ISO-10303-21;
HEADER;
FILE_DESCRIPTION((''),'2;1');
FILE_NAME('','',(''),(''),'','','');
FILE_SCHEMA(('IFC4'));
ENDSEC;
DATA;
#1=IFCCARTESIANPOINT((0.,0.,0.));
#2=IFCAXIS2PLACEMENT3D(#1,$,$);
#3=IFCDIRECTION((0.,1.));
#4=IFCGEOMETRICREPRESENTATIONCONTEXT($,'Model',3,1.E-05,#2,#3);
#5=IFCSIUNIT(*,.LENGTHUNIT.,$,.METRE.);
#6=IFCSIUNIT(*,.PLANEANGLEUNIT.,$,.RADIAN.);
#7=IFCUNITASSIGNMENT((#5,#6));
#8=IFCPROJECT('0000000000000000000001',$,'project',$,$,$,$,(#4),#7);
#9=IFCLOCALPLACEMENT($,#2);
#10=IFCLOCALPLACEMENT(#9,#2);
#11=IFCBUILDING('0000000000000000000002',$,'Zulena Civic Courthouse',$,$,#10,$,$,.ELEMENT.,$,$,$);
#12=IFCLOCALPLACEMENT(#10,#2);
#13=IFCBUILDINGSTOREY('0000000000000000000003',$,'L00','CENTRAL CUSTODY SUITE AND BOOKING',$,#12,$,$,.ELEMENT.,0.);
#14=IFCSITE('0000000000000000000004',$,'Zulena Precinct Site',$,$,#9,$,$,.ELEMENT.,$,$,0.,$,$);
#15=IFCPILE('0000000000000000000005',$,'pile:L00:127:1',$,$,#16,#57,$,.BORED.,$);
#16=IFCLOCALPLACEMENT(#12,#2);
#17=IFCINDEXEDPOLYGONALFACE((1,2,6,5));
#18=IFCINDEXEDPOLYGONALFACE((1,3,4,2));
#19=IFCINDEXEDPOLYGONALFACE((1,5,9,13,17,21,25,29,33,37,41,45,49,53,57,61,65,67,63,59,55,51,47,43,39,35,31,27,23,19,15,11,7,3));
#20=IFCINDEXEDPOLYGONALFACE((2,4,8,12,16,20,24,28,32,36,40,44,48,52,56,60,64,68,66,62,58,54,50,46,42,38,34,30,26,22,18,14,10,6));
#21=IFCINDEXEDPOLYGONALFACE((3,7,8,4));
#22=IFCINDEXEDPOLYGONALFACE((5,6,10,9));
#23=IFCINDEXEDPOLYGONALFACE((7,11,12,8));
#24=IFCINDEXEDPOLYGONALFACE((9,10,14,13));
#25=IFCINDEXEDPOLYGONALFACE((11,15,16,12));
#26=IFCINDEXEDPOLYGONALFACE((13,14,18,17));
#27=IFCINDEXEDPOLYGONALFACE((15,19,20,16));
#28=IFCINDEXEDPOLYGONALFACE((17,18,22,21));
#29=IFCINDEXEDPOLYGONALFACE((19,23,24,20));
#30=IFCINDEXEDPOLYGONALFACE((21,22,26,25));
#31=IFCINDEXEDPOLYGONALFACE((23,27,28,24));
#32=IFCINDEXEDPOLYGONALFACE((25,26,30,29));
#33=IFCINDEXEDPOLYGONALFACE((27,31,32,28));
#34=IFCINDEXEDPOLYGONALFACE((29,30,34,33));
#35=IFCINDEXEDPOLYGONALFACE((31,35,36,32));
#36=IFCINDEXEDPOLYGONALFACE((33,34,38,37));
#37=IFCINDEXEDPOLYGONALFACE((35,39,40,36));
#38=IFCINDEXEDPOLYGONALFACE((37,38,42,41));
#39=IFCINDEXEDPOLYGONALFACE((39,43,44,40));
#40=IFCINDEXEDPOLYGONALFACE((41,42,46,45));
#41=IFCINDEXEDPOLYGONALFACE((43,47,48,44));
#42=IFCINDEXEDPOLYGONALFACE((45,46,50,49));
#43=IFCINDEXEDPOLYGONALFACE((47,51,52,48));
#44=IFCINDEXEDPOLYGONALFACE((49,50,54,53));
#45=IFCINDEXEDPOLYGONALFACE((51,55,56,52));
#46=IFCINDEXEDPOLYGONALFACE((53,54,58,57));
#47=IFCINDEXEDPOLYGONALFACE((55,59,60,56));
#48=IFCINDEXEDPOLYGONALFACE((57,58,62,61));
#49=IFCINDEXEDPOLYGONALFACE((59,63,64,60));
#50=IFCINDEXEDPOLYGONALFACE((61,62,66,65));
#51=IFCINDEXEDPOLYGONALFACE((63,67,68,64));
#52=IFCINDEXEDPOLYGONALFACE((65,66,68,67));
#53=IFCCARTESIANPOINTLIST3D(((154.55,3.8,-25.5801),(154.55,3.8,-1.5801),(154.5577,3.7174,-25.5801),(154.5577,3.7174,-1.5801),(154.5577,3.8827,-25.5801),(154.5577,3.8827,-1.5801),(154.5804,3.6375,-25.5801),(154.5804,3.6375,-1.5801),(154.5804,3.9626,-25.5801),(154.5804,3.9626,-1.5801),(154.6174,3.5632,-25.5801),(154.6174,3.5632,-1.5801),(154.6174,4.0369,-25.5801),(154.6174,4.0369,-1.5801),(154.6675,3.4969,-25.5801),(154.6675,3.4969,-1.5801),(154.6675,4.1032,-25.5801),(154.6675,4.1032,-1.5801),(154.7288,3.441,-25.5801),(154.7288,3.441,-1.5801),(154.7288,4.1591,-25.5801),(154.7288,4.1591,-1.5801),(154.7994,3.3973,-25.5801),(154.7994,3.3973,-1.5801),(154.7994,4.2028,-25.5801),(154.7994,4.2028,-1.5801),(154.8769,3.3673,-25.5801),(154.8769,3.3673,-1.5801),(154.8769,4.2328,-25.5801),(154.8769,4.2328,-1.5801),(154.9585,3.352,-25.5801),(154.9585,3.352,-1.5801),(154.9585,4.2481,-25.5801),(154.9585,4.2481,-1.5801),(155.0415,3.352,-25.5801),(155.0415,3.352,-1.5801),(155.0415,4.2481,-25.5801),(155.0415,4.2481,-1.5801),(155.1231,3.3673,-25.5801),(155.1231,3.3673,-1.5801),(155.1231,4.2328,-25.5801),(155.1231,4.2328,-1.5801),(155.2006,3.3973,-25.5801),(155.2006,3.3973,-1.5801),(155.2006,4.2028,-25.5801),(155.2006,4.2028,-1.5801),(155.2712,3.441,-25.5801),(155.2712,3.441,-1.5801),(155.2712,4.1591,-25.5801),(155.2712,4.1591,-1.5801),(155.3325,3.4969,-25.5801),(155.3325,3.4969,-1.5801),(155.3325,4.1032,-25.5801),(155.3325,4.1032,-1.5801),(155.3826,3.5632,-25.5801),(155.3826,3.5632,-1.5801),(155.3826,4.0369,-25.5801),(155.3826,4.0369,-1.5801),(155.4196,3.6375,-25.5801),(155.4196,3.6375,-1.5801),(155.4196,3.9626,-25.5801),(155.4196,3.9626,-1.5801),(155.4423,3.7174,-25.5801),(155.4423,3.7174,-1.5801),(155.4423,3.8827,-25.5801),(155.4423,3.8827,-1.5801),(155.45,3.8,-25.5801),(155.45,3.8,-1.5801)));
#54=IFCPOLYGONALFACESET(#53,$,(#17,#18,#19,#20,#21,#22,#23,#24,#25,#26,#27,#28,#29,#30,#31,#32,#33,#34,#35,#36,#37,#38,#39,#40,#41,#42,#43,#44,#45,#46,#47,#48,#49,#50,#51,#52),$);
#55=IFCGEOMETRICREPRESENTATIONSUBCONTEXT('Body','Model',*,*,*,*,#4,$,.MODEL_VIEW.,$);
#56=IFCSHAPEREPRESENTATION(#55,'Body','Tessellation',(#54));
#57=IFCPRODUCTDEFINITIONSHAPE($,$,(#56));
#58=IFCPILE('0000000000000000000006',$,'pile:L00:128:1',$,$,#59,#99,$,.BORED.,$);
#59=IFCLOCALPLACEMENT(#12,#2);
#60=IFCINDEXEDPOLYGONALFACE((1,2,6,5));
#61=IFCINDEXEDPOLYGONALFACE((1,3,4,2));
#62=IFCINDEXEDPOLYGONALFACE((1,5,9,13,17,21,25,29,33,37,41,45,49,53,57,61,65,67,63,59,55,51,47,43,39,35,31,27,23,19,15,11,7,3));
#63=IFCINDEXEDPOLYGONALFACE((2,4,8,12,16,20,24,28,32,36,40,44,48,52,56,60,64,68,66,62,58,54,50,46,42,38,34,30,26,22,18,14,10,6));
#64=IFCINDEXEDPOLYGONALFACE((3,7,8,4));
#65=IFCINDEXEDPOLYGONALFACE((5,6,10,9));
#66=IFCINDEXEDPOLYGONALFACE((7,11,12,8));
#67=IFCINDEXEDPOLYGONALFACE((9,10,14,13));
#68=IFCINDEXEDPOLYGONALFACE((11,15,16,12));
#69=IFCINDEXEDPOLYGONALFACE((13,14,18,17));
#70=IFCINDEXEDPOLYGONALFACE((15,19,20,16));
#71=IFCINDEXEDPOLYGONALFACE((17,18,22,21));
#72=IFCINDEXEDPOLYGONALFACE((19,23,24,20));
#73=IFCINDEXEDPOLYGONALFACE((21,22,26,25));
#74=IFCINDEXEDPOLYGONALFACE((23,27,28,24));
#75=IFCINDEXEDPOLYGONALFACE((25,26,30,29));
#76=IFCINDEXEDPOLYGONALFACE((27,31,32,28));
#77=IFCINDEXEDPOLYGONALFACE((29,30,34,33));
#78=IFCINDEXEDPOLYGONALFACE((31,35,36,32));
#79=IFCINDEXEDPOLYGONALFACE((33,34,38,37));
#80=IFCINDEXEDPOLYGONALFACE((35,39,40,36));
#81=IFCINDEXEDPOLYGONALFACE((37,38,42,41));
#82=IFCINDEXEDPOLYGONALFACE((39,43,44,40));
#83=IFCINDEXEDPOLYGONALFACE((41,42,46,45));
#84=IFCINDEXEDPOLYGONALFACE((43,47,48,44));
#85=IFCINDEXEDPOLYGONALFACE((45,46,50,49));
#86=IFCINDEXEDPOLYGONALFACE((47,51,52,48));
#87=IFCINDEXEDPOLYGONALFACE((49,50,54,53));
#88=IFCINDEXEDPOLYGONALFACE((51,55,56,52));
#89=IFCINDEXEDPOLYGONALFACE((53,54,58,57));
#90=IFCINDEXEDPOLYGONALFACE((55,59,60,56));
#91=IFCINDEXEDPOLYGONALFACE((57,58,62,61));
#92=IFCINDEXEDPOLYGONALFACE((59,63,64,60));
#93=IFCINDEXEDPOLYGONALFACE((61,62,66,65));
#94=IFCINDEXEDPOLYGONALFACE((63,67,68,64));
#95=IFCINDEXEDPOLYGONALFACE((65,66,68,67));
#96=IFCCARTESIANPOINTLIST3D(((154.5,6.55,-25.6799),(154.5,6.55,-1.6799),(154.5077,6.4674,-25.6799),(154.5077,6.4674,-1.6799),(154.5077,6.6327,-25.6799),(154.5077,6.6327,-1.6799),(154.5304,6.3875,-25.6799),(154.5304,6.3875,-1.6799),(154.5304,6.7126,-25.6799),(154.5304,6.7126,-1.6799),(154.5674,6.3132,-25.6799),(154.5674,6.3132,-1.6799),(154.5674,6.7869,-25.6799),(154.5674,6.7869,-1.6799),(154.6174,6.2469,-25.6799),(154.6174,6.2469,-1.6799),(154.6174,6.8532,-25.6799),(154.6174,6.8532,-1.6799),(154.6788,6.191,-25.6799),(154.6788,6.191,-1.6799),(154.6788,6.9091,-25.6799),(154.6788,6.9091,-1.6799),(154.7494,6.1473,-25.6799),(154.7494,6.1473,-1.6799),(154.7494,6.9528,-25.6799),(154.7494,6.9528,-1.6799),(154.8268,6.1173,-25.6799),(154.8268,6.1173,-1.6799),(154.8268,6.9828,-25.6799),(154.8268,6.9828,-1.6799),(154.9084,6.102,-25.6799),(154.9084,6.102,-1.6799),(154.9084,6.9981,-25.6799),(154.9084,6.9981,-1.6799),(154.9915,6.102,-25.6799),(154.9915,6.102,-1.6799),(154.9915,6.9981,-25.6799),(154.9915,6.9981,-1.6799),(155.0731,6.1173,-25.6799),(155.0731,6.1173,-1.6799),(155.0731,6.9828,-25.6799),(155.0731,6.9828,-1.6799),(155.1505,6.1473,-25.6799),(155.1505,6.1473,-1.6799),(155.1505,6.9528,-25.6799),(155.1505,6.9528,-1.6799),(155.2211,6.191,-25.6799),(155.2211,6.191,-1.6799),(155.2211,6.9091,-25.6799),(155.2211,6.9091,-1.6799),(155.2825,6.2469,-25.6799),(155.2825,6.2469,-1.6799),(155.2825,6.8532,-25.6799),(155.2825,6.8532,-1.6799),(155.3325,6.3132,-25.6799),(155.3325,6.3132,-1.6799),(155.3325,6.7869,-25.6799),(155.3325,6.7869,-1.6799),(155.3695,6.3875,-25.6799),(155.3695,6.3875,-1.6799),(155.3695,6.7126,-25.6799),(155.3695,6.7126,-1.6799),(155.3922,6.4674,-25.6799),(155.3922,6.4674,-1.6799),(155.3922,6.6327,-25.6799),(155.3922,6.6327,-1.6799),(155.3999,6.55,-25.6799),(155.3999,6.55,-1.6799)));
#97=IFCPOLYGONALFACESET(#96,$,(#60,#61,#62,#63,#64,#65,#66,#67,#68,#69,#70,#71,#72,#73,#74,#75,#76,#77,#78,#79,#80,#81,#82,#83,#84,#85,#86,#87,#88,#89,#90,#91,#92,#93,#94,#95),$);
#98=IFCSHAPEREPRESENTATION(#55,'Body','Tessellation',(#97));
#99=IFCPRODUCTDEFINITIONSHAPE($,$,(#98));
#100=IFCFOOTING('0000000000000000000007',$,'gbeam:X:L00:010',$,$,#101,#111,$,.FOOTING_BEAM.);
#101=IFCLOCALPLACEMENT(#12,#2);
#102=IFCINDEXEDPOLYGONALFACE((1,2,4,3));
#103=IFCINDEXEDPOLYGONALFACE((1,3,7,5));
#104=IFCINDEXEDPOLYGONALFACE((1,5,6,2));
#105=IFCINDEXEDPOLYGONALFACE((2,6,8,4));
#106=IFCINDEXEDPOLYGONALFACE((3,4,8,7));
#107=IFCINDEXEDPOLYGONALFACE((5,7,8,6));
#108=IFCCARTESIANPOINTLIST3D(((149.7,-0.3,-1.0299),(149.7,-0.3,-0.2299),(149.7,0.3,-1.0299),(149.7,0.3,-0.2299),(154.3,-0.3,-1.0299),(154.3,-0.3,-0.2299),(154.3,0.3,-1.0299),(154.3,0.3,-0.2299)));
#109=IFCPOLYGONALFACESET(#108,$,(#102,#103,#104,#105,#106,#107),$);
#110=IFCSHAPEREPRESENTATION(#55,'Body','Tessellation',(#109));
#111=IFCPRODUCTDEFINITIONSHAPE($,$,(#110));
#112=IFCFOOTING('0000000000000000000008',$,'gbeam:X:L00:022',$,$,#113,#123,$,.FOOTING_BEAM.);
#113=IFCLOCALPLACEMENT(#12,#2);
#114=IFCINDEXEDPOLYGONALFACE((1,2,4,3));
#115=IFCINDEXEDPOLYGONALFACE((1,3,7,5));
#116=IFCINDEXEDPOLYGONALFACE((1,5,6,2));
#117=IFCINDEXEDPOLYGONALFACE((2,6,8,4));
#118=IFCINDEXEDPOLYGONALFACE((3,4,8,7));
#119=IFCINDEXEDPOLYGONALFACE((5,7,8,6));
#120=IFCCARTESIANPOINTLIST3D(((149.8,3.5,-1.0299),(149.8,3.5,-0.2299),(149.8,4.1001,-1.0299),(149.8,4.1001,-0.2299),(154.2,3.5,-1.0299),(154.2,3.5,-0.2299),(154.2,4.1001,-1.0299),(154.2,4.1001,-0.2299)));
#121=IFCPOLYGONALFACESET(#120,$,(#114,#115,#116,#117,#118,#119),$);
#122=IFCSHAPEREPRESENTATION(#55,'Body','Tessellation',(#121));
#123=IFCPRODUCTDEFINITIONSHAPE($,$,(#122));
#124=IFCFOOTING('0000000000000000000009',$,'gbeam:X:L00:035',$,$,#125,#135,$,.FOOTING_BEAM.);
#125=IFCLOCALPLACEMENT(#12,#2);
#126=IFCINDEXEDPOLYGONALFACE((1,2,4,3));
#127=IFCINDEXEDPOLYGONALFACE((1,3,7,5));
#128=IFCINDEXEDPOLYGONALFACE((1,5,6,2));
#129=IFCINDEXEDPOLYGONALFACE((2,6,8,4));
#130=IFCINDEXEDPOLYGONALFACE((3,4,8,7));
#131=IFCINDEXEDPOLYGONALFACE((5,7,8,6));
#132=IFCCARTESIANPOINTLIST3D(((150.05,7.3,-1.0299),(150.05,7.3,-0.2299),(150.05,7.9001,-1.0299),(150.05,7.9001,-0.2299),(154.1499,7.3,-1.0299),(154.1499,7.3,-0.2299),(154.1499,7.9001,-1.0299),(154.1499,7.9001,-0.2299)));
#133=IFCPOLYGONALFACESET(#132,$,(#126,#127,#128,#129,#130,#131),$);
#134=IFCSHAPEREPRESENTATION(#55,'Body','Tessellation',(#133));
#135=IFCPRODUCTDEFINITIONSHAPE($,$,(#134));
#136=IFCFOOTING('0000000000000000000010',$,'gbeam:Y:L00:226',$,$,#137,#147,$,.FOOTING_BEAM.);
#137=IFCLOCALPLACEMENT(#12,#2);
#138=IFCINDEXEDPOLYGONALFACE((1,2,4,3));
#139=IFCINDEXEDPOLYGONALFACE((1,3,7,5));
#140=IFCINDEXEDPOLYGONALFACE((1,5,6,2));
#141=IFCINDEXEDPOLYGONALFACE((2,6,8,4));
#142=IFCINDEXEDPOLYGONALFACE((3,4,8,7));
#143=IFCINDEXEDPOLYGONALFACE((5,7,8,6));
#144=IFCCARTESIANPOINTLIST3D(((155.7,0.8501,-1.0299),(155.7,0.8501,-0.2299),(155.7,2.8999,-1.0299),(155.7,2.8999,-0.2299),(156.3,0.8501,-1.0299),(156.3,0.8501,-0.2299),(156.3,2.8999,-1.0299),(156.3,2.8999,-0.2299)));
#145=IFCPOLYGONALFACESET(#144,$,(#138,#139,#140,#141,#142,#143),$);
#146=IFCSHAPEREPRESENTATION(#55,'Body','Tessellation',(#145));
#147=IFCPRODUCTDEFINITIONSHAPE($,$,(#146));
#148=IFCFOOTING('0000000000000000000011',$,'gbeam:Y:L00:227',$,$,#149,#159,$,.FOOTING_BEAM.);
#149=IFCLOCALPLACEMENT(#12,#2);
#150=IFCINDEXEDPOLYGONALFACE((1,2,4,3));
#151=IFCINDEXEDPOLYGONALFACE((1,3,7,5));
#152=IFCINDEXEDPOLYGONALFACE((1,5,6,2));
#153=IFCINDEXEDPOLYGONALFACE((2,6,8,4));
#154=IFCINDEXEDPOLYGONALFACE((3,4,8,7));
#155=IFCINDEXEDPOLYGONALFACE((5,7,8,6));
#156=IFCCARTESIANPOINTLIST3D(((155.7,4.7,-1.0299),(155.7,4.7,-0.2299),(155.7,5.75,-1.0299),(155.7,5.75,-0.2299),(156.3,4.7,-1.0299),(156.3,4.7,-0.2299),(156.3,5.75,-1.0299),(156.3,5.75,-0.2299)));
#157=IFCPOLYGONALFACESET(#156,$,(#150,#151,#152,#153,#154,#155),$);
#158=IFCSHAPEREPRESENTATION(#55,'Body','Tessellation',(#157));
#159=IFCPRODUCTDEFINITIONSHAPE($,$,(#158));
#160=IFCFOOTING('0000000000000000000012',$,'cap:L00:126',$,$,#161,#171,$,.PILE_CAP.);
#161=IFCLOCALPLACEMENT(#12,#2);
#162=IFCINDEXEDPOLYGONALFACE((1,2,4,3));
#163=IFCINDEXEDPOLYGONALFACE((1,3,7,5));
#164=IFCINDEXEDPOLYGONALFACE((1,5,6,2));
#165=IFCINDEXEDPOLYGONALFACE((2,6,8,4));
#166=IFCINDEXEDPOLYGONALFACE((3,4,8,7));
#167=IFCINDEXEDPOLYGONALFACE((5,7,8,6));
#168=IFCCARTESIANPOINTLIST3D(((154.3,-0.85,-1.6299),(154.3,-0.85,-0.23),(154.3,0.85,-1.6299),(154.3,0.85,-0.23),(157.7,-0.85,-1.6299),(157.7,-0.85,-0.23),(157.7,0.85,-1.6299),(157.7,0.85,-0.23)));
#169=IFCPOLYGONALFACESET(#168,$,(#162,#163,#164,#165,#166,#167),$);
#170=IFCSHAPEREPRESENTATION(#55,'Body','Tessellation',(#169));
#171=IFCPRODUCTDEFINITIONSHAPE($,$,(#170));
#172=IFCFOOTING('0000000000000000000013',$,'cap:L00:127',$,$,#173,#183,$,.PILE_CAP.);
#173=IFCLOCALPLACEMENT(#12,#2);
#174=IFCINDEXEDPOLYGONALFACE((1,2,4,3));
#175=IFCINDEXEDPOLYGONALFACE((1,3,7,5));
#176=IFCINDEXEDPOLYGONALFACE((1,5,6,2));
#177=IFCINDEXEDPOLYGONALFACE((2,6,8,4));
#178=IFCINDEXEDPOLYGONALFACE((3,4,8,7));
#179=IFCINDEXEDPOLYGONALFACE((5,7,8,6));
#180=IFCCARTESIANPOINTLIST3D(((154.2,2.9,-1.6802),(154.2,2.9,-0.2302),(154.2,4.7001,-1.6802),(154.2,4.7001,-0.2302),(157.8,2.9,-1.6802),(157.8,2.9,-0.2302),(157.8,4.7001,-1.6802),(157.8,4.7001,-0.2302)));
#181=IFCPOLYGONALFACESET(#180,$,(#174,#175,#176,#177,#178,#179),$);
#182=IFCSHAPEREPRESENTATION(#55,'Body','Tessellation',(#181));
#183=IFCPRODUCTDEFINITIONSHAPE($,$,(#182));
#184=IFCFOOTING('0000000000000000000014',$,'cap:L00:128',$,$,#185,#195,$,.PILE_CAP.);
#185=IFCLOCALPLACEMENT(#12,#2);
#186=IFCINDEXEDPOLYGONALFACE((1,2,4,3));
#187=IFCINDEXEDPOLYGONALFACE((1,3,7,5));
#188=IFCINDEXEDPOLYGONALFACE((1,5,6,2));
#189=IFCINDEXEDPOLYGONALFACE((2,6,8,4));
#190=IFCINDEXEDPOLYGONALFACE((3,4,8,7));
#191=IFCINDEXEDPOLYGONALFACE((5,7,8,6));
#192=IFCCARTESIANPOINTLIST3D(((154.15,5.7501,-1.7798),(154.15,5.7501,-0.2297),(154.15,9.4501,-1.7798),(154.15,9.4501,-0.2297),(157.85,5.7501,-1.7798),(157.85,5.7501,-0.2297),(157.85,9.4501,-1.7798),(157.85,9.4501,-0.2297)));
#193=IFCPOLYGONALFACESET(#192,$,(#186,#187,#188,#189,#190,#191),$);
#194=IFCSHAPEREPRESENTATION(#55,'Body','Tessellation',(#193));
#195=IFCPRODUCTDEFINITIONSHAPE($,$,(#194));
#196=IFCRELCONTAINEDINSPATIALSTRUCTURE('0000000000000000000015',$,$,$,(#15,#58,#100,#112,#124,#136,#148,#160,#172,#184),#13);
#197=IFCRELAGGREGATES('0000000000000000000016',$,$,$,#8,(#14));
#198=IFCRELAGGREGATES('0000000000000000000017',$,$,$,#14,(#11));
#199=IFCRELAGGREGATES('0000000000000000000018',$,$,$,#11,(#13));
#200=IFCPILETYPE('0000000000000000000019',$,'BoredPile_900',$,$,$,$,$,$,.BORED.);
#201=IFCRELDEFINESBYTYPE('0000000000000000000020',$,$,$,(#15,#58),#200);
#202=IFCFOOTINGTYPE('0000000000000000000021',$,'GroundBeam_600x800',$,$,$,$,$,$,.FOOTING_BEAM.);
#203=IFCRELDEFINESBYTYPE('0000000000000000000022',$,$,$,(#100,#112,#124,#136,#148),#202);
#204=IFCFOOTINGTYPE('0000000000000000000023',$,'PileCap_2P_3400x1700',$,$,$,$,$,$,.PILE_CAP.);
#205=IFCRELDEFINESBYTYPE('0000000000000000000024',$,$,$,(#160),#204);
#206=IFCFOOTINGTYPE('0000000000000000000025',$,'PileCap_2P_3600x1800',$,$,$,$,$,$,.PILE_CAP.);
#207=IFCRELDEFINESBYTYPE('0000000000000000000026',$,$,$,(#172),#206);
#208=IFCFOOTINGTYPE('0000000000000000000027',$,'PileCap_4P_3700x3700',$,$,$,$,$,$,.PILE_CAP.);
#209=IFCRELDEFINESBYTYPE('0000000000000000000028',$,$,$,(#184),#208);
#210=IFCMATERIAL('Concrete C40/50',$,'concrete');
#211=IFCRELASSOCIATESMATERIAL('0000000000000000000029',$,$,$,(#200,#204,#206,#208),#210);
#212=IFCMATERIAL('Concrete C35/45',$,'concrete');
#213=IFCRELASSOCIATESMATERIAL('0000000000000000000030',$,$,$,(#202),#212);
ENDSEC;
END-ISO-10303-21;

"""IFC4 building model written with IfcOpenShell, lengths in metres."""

from ifc_helpers import new_model, si_unit, direction, frame, origin, origin_2d, place, context, subcontext, project, spatial, rectangle, circle, extrude, material, material_profile, profile_set, type_object, element, save


model = new_model("IFC4")

# Units and contexts
model_context = context("Model", 3, precision=1e-05, world=origin(), true_north=direction((0.0, 1.0)))
body_context = subcontext(model_context, "Body", "Model", "MODEL_VIEW")
ifc_project = project(units=[si_unit("LENGTHUNIT", "METRE"), si_unit("PLANEANGLEUNIT", "RADIAN")], contexts=[model_context])

# Site, building, storey
site_placement = place(None, origin())
site = spatial("IfcSite", under=ifc_project, at=site_placement, Name="Zulena Precinct Site", CompositionType="ELEMENT", RefElevation=0.0)
building_placement = place(site_placement, origin())
building = spatial("IfcBuilding", under=site, at=building_placement, Name="Zulena Civic Courthouse", CompositionType="ELEMENT")
storey_placement = place(building_placement, origin())
storey = spatial("IfcBuildingStorey", under=building, at=storey_placement, Name="L00", Description="CENTRAL CUSTODY SUITE AND BOOKING", CompositionType="ELEMENT", Elevation=0.0)

# Piles
ifc_material_1 = material(Name="Concrete C40/50", Category="concrete")
ifc_material_profile_1 = material_profile(ifc_material_1, circle(Radius=0.45, at=origin_2d()), Name="PILE900")
ifc_profile_set_1 = profile_set([ifc_material_profile_1], Name="Concrete C40/50")
pile_type_1 = type_object("IfcPileType", Name="BoredPile_900", PredefinedType="BORED", material=ifc_profile_set_1)
for number, where, z_axis, x_axis, name in (
    (1, (155.0, 3.8, -1.5801), (0.0, 0.0, -1.0), (1.0, 0.0, 0.0), "pile:L00:127:1"),
    (2, (154.95, 6.55, -1.6799), (0.0, 0.0, -1.0), (1.0, 0.0, 0.0), "pile:L00:128:1"),
):
    element("IfcPile", number, at=place(storey_placement, frame(where, z_axis=z_axis, x_axis=x_axis)), inside=storey, type_object=pile_type_1, Name=name, PredefinedType="BORED", context=body_context, shape_type="SweptSolid", body=[
        extrude(circle(Radius=0.45, at=origin_2d()), origin(), (0.0, 0.0, 1.0), 24.0),
    ])

# Footings
ifc_material_2 = material(Name="Concrete C35/45", Category="concrete")
ifc_material_profile_2 = material_profile(ifc_material_2, rectangle(XDim=0.6001, YDim=0.8, at=origin_2d()), Name="RC600X800")
ifc_profile_set_2 = profile_set([ifc_material_profile_2], Name="Concrete C35/45")
footing_type_1 = type_object("IfcFootingType", Name="GroundBeam_600x800", PredefinedType="FOOTING_BEAM", material=ifc_profile_set_2)
footing_1_placement = place(storey_placement, frame((149.7, 0.0, -0.6299), z_axis=(1.0, 0.0, 0.0), x_axis=(0.0, 1.0, 0.0)))
element("IfcFooting", 3, at=footing_1_placement, inside=storey, type_object=footing_type_1, Name="gbeam:X:L00:010", PredefinedType="FOOTING_BEAM", context=body_context, shape_type="SweptSolid", body=[
    extrude(rectangle(XDim=0.6001, YDim=0.8, at=origin_2d()), origin(), (0.0, 0.0, 1.0), 4.6001),
])
footing_2_placement = place(storey_placement, frame((149.8, 3.8, -0.6299), z_axis=(1.0, 0.0, 0.0), x_axis=(0.0, 1.0, 0.0)))
element("IfcFooting", 4, at=footing_2_placement, inside=storey, type_object=footing_type_1, Name="gbeam:X:L00:022", PredefinedType="FOOTING_BEAM", context=body_context, shape_type="SweptSolid", body=[
    extrude(rectangle(XDim=0.6001, YDim=0.8, at=origin_2d()), origin(), (0.0, 0.0, 1.0), 4.3999),
])
footing_3_placement = place(storey_placement, frame((150.05, 7.6001, -0.6299), z_axis=(1.0, 0.0, 0.0), x_axis=(0.0, 1.0, 0.0)))
element("IfcFooting", 5, at=footing_3_placement, inside=storey, type_object=footing_type_1, Name="gbeam:X:L00:035", PredefinedType="FOOTING_BEAM", context=body_context, shape_type="SweptSolid", body=[
    extrude(rectangle(XDim=0.6001, YDim=0.8, at=origin_2d()), origin(), (0.0, 0.0, 1.0), 4.0999),
])
footing_4_placement = place(storey_placement, frame((156.0, 0.8501, -0.6299), z_axis=(0.0, 1.0, 0.0), x_axis=(-1.0, 0.0, 0.0)))
element("IfcFooting", 6, at=footing_4_placement, inside=storey, type_object=footing_type_1, Name="gbeam:Y:L00:226", PredefinedType="FOOTING_BEAM", context=body_context, shape_type="SweptSolid", body=[
    extrude(rectangle(XDim=0.6001, YDim=0.8, at=origin_2d()), origin(), (0.0, 0.0, 1.0), 2.0498),
])
footing_5_placement = place(storey_placement, frame((156.0, 4.7, -0.6299), z_axis=(0.0, 1.0, 0.0), x_axis=(-1.0, 0.0, 0.0)))
element("IfcFooting", 7, at=footing_5_placement, inside=storey, type_object=footing_type_1, Name="gbeam:Y:L00:227", PredefinedType="FOOTING_BEAM", context=body_context, shape_type="SweptSolid", body=[
    extrude(rectangle(XDim=0.6001, YDim=0.8, at=origin_2d()), origin(), (0.0, 0.0, 1.0), 1.05),
])
footing_type_2 = type_object("IfcFootingType", Name="PileCap_2P_3400x1700", PredefinedType="PILE_CAP", material=ifc_material_1)
footing_6_placement = place(storey_placement, frame((156.0, 0.0, -1.6299), z_axis=(0.0, 0.0, 1.0), x_axis=(1.0, 0.0, 0.0)))
element("IfcFooting", 8, at=footing_6_placement, inside=storey, type_object=footing_type_2, Name="cap:L00:126", PredefinedType="PILE_CAP", context=body_context, shape_type="SweptSolid", body=[
    extrude(rectangle(XDim=3.3999, YDim=1.7, at=origin_2d()), origin(), (0.0, 0.0, 1.0), 1.3999),
])
footing_type_3 = type_object("IfcFootingType", Name="PileCap_2P_3600x1800", PredefinedType="PILE_CAP", material=ifc_material_1)
footing_7_placement = place(storey_placement, frame((156.0, 3.8, -1.6802), z_axis=(0.0, 0.0, 1.0), x_axis=(1.0, 0.0, 0.0)))
element("IfcFooting", 9, at=footing_7_placement, inside=storey, type_object=footing_type_3, Name="cap:L00:127", PredefinedType="PILE_CAP", context=body_context, shape_type="SweptSolid", body=[
    extrude(rectangle(XDim=3.6001, YDim=1.8, at=origin_2d()), origin(), (0.0, 0.0, 1.0), 1.45),
])
footing_type_4 = type_object("IfcFootingType", Name="PileCap_4P_3700x3700", PredefinedType="PILE_CAP", material=ifc_material_1)
footing_8_placement = place(storey_placement, frame((156.0, 7.6001, -1.7798), z_axis=(0.0, 0.0, 1.0), x_axis=(1.0, 0.0, 0.0)))
element("IfcFooting", 10, at=footing_8_placement, inside=storey, type_object=footing_type_4, Name="cap:L00:128", PredefinedType="PILE_CAP", context=body_context, shape_type="SweptSolid", body=[
    extrude(rectangle(XDim=3.7, YDim=3.7, at=origin_2d()), origin(), (0.0, 0.0, 1.0), 1.55),
])

save(model, "model.ifc")
